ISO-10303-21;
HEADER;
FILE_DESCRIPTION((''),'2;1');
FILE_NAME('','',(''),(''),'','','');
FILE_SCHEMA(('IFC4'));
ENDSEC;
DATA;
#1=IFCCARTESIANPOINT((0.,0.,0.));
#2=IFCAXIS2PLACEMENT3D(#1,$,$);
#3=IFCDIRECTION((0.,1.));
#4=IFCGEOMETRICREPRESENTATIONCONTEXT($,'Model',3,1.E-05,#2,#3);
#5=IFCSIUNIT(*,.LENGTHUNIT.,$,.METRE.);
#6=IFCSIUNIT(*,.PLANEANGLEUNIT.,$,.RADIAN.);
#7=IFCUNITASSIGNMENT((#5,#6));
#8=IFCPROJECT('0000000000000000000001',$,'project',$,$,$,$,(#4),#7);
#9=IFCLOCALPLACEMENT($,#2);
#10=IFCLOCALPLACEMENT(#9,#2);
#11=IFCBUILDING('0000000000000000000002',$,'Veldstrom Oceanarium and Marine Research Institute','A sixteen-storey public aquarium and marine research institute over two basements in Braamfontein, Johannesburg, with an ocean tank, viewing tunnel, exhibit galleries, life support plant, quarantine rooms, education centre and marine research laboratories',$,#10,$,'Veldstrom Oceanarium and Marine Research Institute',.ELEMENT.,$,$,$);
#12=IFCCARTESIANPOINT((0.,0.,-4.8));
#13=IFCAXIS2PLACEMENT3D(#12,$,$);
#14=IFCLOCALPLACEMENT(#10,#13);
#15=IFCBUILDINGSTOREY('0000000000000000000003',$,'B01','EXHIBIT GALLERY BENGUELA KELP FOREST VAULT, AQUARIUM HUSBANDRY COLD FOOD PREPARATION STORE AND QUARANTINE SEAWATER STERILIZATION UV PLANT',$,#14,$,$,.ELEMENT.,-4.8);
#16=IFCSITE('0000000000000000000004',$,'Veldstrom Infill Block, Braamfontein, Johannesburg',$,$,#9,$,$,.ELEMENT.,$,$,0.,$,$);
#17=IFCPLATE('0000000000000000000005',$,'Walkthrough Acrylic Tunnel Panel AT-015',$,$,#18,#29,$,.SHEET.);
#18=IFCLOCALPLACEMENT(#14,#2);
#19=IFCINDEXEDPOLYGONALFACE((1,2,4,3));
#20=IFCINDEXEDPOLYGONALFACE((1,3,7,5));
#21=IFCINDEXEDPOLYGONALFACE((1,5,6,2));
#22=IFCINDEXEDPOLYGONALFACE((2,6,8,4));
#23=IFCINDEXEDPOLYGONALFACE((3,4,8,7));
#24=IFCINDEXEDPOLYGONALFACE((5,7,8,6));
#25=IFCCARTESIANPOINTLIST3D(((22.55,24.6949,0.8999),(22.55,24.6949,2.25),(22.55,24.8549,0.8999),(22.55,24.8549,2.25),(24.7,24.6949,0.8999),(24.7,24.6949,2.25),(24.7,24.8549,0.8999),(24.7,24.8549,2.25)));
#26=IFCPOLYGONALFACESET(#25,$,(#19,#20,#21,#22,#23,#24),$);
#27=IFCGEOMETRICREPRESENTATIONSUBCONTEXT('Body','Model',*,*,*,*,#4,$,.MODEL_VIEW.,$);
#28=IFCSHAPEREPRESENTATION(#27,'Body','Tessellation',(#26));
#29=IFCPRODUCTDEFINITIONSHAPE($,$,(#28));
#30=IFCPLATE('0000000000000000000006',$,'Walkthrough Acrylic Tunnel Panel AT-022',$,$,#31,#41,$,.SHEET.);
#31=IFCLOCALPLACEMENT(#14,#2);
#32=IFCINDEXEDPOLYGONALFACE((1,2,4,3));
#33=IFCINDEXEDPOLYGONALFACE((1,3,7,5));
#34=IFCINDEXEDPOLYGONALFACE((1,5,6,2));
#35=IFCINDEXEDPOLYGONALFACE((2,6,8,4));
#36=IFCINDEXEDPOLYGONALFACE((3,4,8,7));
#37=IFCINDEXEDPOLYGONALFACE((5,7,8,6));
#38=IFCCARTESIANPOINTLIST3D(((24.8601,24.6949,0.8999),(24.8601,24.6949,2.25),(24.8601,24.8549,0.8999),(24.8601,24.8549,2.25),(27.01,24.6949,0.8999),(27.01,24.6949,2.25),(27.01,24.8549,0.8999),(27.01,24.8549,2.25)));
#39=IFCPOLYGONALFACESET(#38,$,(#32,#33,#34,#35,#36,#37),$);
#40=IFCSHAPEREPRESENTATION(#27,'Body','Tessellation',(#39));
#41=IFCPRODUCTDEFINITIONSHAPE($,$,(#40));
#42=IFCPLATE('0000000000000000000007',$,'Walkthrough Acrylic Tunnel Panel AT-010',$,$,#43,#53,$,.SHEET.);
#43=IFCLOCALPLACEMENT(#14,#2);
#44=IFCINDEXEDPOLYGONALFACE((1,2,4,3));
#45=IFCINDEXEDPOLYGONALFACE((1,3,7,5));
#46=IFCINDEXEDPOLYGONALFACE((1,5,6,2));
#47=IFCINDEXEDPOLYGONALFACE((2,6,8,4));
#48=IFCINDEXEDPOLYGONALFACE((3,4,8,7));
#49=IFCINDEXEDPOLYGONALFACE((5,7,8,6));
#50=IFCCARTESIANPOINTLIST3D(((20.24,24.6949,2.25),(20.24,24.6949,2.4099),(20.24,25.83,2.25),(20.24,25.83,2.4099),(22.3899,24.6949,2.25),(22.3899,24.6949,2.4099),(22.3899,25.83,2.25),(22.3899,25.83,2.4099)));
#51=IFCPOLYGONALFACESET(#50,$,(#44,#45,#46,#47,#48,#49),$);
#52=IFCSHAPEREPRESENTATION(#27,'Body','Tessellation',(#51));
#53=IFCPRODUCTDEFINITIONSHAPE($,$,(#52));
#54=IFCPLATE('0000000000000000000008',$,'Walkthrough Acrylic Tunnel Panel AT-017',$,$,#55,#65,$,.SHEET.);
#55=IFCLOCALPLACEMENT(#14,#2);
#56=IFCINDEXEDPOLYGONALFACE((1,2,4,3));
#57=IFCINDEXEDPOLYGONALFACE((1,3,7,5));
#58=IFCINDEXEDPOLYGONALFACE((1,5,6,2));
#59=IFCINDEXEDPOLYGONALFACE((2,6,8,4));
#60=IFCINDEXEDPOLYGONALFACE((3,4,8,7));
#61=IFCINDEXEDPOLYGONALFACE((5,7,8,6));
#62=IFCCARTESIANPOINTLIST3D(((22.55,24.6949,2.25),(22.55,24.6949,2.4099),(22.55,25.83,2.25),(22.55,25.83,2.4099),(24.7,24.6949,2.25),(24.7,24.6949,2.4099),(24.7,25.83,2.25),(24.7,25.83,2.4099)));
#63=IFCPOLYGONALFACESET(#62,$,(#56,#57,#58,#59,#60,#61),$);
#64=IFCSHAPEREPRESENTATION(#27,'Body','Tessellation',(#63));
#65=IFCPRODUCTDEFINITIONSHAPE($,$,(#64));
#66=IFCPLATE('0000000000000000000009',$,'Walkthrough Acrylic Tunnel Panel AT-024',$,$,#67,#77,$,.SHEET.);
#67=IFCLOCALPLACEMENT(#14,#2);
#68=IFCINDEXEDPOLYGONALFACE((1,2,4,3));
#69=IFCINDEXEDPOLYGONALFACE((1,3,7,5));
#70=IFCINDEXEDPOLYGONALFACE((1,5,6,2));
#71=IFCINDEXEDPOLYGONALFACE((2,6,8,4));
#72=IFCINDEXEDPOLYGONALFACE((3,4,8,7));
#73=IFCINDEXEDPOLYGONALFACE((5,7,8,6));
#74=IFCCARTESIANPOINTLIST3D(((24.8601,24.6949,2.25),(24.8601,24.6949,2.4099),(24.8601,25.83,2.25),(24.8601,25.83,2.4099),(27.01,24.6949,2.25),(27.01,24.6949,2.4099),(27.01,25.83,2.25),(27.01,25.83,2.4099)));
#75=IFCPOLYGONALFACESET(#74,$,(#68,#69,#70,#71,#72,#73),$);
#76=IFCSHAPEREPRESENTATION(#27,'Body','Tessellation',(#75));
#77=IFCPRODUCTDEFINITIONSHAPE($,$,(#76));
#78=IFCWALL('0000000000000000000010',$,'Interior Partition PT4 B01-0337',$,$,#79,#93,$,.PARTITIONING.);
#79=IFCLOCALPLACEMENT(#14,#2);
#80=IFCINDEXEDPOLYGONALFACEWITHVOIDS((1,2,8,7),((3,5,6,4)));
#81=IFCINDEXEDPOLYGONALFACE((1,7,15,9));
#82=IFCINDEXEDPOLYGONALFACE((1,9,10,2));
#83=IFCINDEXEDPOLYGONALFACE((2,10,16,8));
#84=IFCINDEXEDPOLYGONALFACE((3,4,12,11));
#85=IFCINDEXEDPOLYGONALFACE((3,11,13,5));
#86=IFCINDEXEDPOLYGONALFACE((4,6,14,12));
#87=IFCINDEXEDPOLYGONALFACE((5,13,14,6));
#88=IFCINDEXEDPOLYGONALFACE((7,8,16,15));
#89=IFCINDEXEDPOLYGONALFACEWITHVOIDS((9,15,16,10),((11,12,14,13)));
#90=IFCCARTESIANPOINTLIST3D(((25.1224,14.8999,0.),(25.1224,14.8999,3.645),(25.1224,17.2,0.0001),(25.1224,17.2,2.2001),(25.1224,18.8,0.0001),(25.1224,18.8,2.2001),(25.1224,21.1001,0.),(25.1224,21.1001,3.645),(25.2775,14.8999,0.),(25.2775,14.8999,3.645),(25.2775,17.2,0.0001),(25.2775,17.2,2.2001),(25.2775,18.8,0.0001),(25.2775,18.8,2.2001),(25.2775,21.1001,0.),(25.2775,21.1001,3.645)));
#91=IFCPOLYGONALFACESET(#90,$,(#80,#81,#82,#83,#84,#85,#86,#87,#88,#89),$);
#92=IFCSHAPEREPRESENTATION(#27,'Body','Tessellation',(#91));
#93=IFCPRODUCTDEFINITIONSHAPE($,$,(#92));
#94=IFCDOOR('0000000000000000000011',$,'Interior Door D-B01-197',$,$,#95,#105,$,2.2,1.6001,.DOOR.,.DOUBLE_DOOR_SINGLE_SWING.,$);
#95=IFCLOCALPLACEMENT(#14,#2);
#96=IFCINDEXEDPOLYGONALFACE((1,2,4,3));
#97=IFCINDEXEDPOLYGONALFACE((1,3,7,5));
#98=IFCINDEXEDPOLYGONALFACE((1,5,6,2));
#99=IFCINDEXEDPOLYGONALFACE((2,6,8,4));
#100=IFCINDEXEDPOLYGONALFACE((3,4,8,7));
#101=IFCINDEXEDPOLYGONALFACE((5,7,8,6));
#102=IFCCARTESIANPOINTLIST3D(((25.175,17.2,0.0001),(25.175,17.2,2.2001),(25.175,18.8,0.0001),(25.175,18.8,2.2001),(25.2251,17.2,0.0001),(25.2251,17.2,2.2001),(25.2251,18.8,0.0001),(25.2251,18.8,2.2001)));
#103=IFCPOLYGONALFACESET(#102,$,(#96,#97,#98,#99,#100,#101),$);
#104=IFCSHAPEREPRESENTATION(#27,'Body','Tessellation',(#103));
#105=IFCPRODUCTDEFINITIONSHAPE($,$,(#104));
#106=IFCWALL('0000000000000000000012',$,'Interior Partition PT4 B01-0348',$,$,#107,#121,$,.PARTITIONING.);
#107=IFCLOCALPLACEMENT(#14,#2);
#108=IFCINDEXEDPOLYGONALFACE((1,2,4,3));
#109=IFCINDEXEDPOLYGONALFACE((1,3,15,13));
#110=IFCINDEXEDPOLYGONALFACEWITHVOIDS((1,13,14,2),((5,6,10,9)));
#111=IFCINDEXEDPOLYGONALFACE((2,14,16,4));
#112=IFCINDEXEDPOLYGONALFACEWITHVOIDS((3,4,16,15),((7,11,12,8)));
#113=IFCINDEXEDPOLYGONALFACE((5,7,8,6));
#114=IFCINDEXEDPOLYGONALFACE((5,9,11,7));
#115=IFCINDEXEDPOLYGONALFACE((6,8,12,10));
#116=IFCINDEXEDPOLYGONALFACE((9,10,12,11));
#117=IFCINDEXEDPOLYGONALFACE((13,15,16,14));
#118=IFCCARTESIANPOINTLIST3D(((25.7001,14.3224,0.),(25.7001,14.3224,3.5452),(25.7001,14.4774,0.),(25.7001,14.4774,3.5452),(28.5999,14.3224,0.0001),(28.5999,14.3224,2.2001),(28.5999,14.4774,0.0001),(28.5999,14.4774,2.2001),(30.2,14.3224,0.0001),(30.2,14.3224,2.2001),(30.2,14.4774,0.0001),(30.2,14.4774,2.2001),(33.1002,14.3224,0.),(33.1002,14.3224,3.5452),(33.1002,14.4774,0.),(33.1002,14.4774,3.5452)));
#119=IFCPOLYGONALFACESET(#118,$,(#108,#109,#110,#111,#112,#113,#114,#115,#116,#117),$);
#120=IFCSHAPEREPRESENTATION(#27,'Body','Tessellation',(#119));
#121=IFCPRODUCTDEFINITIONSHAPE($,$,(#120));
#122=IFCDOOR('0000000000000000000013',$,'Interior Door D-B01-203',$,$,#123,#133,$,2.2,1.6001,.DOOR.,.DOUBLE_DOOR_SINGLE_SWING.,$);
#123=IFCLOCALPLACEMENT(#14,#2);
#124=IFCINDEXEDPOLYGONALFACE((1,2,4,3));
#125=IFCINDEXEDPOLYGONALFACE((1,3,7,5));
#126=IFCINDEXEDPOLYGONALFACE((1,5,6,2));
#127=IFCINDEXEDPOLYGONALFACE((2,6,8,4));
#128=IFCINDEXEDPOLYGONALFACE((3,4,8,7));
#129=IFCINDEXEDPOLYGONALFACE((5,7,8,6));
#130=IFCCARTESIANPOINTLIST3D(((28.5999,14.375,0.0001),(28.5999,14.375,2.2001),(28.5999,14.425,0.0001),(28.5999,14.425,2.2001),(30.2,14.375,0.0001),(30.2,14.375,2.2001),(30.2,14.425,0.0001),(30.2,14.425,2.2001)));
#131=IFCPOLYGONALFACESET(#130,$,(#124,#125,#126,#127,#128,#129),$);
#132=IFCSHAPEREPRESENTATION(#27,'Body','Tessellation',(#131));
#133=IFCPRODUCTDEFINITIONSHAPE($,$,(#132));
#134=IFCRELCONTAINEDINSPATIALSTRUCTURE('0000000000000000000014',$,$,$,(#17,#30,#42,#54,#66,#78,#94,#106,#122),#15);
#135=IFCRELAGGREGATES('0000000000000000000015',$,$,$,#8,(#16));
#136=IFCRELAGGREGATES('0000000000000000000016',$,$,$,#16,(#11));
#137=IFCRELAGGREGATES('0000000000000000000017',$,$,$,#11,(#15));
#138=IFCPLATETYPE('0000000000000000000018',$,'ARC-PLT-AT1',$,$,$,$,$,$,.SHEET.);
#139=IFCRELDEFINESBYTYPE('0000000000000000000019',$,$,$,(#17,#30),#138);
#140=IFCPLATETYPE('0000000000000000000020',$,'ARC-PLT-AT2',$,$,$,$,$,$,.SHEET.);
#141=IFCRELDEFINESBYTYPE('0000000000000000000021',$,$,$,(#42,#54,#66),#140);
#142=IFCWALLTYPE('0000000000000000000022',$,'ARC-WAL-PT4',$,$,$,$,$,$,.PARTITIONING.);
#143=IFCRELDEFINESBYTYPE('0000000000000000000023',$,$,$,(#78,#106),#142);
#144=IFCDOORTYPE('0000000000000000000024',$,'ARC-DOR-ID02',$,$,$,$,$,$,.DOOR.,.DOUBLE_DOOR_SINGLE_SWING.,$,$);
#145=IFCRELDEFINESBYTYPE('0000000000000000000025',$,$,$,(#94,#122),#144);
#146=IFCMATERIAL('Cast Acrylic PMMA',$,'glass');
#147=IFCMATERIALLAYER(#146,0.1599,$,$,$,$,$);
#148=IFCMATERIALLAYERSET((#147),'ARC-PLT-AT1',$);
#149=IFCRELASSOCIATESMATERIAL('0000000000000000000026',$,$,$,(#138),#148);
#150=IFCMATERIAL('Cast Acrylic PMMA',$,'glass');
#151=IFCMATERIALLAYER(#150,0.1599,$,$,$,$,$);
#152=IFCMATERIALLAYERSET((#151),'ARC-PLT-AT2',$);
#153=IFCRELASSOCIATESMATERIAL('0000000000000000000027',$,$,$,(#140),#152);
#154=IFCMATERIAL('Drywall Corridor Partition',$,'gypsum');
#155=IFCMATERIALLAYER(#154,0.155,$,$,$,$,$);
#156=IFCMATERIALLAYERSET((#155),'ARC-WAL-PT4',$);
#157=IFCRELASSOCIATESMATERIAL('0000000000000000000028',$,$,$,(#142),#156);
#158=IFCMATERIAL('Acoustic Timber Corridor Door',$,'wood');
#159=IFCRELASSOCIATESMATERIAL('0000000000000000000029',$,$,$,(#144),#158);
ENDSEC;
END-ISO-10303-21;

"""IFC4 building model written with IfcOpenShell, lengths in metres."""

from ifc_helpers import new_model, si_unit, direction, frame, frame_2d, origin, origin_2d, place, context, subcontext, project, spatial, rectangle, extrude, material, layer, layer_set, type_object, element, fill, save


model = new_model("IFC4")

# Units and contexts
model_context = context("Model", 3, precision=1e-05, world=origin(), true_north=direction((0.0, 1.0)))
body_context = subcontext(model_context, "Body", "Model", "MODEL_VIEW")
ifc_project = project(units=[si_unit("LENGTHUNIT", "METRE"), si_unit("PLANEANGLEUNIT", "RADIAN")], contexts=[model_context])

# Site, building, storey
site_placement = place(None, origin())
site = spatial("IfcSite", under=ifc_project, at=site_placement, Name="Veldstrom Infill Block, Braamfontein, Johannesburg", CompositionType="ELEMENT", RefElevation=0.0)
building_placement = place(site_placement, origin())
building = spatial("IfcBuilding", under=site, at=building_placement, Name="Veldstrom Oceanarium and Marine Research Institute", Description="A sixteen-storey public aquarium and marine research institute over two basements in Braamfontein, Johannesburg, with an ocean tank, viewing tunnel, exhibit galleries, life support plant, quarantine rooms, education centre and marine research laboratories", LongName="Veldstrom Oceanarium and Marine Research Institute", CompositionType="ELEMENT")
storey_placement = place(building_placement, frame((0.0, 0.0, -4.8)))
storey = spatial("IfcBuildingStorey", under=building, at=storey_placement, Name="B01", Description="EXHIBIT GALLERY BENGUELA KELP FOREST VAULT, AQUARIUM HUSBANDRY COLD FOOD PREPARATION STORE AND QUARANTINE SEAWATER STERILIZATION UV PLANT", CompositionType="ELEMENT", Elevation=-4.8)

# Plates
ifc_material_1 = material(Name="Cast Acrylic PMMA", Category="glass")
ifc_layer_1 = layer(ifc_material_1, 0.1599)
ifc_layer_set_1 = layer_set([ifc_layer_1], Name="ARC-PLT-AT1")
plate_type_1 = type_object("IfcPlateType", Name="ARC-PLT-AT1", PredefinedType="SHEET", material=ifc_layer_set_1)
for number, where, z_axis, x_axis, name in (
    (1, (23.625, 24.7749, 0.8999), (0.0, 0.0, 1.0), (1.0, 0.0, 0.0), "Walkthrough Acrylic Tunnel Panel AT-015"),
    (2, (25.9351, 24.7749, 0.8999), (0.0, 0.0, 1.0), (1.0, 0.0, 0.0), "Walkthrough Acrylic Tunnel Panel AT-022"),
):
    element("IfcPlate", number, at=place(storey_placement, frame(where, z_axis=z_axis, x_axis=x_axis)), inside=storey, type_object=plate_type_1, Name=name, PredefinedType="SHEET", context=body_context, shape_type="SweptSolid", body=[
        extrude(rectangle(XDim=2.1499, YDim=0.1599, at=origin_2d()), origin(), (0.0, 0.0, 1.0), 1.3501),
    ])
ifc_material_2 = material(Name="Cast Acrylic PMMA", Category="glass")
ifc_layer_2 = layer(ifc_material_2, 0.1599)
ifc_layer_set_2 = layer_set([ifc_layer_2], Name="ARC-PLT-AT2")
plate_type_2 = type_object("IfcPlateType", Name="ARC-PLT-AT2", PredefinedType="SHEET", material=ifc_layer_set_2)
for number, where, z_axis, x_axis, name in (
    (3, (21.3149, 25.2625, 2.25), (0.0, 0.0, 1.0), (1.0, 0.0, 0.0), "Walkthrough Acrylic Tunnel Panel AT-010"),
    (4, (23.625, 25.2625, 2.25), (0.0, 0.0, 1.0), (1.0, 0.0, 0.0), "Walkthrough Acrylic Tunnel Panel AT-017"),
    (5, (25.9351, 25.2625, 2.25), (0.0, 0.0, 1.0), (1.0, 0.0, 0.0), "Walkthrough Acrylic Tunnel Panel AT-024"),
):
    element("IfcPlate", number, at=place(storey_placement, frame(where, z_axis=z_axis, x_axis=x_axis)), inside=storey, type_object=plate_type_2, Name=name, PredefinedType="SHEET", context=body_context, shape_type="SweptSolid", body=[
        extrude(rectangle(XDim=2.1499, YDim=1.135, at=origin_2d()), origin(), (0.0, 0.0, 1.0), 0.1599),
    ])

# Walls, openings, doors
ifc_material_3 = material(Name="Drywall Corridor Partition", Category="gypsum")
ifc_layer_3 = layer(ifc_material_3, 0.155)
ifc_layer_set_3 = layer_set([ifc_layer_3], Name="ARC-WAL-PT4")
wall_type = type_object("IfcWallType", Name="ARC-WAL-PT4", PredefinedType="PARTITIONING", material=ifc_layer_set_3)
wall_1_placement = place(storey_placement, frame((25.2, 14.8999, 0.0), z_axis=(0.0, 0.0, 1.0), x_axis=(0.0, 1.0, 0.0)))
wall_1 = element("IfcWall", 6, at=wall_1_placement, inside=storey, type_object=wall_type, Name="Interior Partition PT4 B01-0337", PredefinedType="PARTITIONING", context=body_context, shape_type="SweptSolid", body=[
    extrude(rectangle(XDim=6.2002, YDim=0.155, at=frame_2d((3.1001, 0.0))), origin(), (0.0, 0.0, 1.0), 3.645),
])
opening_1_placement = place(wall_1_placement, frame((2.3, 0.0, 0.0)))
opening_1 = element("IfcOpeningElement", 7, at=opening_1_placement, cuts=wall_1, PredefinedType="OPENING", context=body_context, shape_type="SweptSolid", body=[
    extrude(rectangle(XDim=1.6001, YDim=2.2, at=frame_2d((0.8, 1.1001))), frame((0.0, 0.0874, 0.0), z_axis=(0.0, -1.0, 0.0), x_axis=(1.0, 0.0, 0.0)), (0.0, 0.0, 1.0), 0.175),
])
ifc_material_4 = material(Name="Acoustic Timber Corridor Door", Category="wood")
door_type = type_object("IfcDoorType", Name="ARC-DOR-ID02", OperationType="DOUBLE_DOOR_SINGLE_SWING", PredefinedType="DOOR", material=ifc_material_4)
door_1_placement = place(opening_1_placement, origin())
door_1 = element("IfcDoor", 8, at=door_1_placement, inside=storey, type_object=door_type, Name="Interior Door D-B01-197", OperationType="DOUBLE_DOOR_SINGLE_SWING", OverallHeight=2.2, OverallWidth=1.6001, PredefinedType="DOOR", context=body_context, shape_type="SweptSolid", body=[
    extrude(rectangle(XDim=1.6001, YDim=2.2, at=frame_2d((0.8, 1.1001))), frame((0.0, 0.0249, 0.0), z_axis=(0.0, -1.0, 0.0), x_axis=(1.0, 0.0, 0.0)), (0.0, 0.0, 1.0), 0.05),
])
fill(opening_1, door_1)
wall_2_placement = place(storey_placement, frame((25.7, 14.3999, 0.0), z_axis=(0.0, 0.0, 1.0), x_axis=(1.0, 0.0, 0.0)))
wall_2 = element("IfcWall", 9, at=wall_2_placement, inside=storey, type_object=wall_type, Name="Interior Partition PT4 B01-0348", PredefinedType="PARTITIONING", context=body_context, shape_type="SweptSolid", body=[
    extrude(rectangle(XDim=7.4001, YDim=0.155, at=frame_2d((3.7002, 0.0))), origin(), (0.0, 0.0, 1.0), 3.5452),
])
opening_2_placement = place(wall_2_placement, frame((2.8999, 0.0, 0.0)))
opening_2 = element("IfcOpeningElement", 10, at=opening_2_placement, cuts=wall_2, PredefinedType="OPENING", context=body_context, shape_type="SweptSolid", body=[
    extrude(rectangle(XDim=1.6001, YDim=2.2, at=frame_2d((0.8, 1.1001))), frame((0.0, 0.0874, 0.0), z_axis=(0.0, -1.0, 0.0), x_axis=(1.0, 0.0, 0.0)), (0.0, 0.0, 1.0), 0.175),
])
door_2_placement = place(opening_2_placement, frame((1.6001, 0.0, 0.0), z_axis=(0.0, 0.0, 1.0), x_axis=(-1.0, 0.0, 0.0)))
door_2 = element("IfcDoor", 11, at=door_2_placement, inside=storey, type_object=door_type, Name="Interior Door D-B01-203", OperationType="DOUBLE_DOOR_SINGLE_SWING", OverallHeight=2.2, OverallWidth=1.6001, PredefinedType="DOOR", context=body_context, shape_type="SweptSolid", body=[
    extrude(rectangle(XDim=1.6001, YDim=2.2, at=frame_2d((0.8, 1.1001))), frame((0.0, 0.0249, 0.0), z_axis=(0.0, -1.0, 0.0), x_axis=(1.0, 0.0, 0.0)), (0.0, 0.0, 1.0), 0.05),
])
fill(opening_2, door_2)

save(model, "model.ifc")
